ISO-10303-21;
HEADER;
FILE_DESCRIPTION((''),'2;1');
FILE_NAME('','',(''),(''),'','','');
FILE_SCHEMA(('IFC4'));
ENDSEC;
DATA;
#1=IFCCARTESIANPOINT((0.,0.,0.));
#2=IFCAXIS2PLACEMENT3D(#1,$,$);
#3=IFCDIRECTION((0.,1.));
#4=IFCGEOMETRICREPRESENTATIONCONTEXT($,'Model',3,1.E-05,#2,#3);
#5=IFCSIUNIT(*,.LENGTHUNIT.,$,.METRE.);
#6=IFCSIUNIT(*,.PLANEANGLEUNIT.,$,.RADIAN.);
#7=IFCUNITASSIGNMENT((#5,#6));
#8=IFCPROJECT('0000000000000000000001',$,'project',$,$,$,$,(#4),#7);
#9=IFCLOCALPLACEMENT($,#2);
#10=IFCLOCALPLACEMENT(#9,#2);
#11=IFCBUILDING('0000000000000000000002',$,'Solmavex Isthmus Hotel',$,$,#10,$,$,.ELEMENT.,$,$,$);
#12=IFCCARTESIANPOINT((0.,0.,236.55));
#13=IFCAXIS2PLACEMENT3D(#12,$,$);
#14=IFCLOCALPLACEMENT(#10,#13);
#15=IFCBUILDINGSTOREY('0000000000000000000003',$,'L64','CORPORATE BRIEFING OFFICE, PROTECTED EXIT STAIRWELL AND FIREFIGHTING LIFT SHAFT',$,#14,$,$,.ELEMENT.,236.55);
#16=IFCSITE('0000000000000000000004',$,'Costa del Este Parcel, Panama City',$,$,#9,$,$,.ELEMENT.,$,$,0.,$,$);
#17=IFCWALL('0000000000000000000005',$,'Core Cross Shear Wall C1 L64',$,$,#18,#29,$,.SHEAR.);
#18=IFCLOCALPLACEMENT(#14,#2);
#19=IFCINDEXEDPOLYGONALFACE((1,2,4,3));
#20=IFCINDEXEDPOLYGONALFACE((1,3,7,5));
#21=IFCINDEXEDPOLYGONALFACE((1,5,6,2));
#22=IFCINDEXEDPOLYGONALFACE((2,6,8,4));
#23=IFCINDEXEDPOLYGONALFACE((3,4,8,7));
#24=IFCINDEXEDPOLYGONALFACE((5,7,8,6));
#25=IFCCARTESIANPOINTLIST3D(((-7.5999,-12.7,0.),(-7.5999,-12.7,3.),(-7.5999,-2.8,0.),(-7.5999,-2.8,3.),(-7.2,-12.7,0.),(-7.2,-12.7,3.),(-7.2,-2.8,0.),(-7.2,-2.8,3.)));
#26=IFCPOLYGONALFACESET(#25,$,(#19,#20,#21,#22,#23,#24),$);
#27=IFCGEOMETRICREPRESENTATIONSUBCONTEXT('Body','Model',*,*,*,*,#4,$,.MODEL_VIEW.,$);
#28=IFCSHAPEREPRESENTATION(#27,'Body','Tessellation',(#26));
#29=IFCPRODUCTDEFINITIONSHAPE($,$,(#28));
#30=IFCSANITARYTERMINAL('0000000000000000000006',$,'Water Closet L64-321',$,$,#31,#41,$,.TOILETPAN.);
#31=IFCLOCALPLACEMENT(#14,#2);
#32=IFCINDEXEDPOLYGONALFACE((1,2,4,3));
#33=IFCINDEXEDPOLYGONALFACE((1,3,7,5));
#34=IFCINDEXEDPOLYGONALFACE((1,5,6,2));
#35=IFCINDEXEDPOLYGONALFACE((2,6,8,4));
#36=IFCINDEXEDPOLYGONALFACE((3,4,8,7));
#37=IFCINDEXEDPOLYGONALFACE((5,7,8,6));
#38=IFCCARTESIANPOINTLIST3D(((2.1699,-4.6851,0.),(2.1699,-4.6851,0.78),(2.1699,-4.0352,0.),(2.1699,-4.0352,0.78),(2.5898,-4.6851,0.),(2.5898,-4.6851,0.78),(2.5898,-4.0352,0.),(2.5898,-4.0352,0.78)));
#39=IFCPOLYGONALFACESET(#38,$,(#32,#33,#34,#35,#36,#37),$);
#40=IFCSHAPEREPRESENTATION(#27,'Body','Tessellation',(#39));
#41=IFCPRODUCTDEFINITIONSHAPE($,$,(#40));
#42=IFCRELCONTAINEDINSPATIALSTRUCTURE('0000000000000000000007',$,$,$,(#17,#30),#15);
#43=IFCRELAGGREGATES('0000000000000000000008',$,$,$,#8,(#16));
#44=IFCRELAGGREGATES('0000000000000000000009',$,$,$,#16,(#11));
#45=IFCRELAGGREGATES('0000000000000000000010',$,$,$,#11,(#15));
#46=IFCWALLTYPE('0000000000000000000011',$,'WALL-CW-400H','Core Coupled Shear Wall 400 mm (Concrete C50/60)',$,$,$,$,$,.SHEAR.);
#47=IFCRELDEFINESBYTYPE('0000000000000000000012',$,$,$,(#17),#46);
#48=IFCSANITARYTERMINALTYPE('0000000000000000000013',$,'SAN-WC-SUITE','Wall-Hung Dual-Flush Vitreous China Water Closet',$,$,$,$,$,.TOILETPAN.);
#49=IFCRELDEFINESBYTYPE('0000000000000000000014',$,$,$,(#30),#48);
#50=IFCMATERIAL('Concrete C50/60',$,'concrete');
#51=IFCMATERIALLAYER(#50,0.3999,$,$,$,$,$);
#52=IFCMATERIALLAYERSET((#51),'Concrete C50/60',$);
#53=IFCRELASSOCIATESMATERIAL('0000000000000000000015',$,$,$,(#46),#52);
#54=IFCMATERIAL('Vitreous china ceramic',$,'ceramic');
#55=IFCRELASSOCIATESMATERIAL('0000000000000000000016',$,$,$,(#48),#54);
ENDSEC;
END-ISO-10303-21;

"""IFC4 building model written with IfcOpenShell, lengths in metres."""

from ifc_helpers import new_model, si_unit, direction, frame, frame_2d, origin, origin_2d, place, context, subcontext, project, spatial, rectangle, extrude, material, layer, layer_set, type_object, element, save


model = new_model("IFC4")

# Units and contexts
model_context = context("Model", 3, precision=1e-05, world=origin(), true_north=direction((0.0, 1.0)))
body_context = subcontext(model_context, "Body", "Model", "MODEL_VIEW")
ifc_project = project(units=[si_unit("LENGTHUNIT", "METRE"), si_unit("PLANEANGLEUNIT", "RADIAN")], contexts=[model_context])

# Site, building, storey
site_placement = place(None, origin())
site = spatial("IfcSite", under=ifc_project, at=site_placement, Name="Costa del Este Parcel, Panama City", CompositionType="ELEMENT", RefElevation=0.0)
building_placement = place(site_placement, origin())
building = spatial("IfcBuilding", under=site, at=building_placement, Name="Solmavex Isthmus Hotel", CompositionType="ELEMENT")
storey_placement = place(building_placement, frame((0.0, 0.0, 236.55)))
storey = spatial("IfcBuildingStorey", under=building, at=storey_placement, Name="L64", Description="CORPORATE BRIEFING OFFICE, PROTECTED EXIT STAIRWELL AND FIREFIGHTING LIFT SHAFT", CompositionType="ELEMENT", Elevation=236.55)

# Shared definitions
ifc_material_1 = material(Name="Concrete C50/60", Category="concrete")

# Wall
ifc_layer_1 = layer(ifc_material_1, 0.3999)
ifc_layer_set_1 = layer_set([ifc_layer_1], Name="Concrete C50/60")
wall_type_1 = type_object("IfcWallType", Name="WALL-CW-400H", Description="Core Coupled Shear Wall 400 mm (Concrete C50/60)", PredefinedType="SHEAR", material=ifc_layer_set_1)
wall_1_placement = place(storey_placement, frame((-7.3999, -12.7, 0.0), z_axis=(0.0, 0.0, 1.0), x_axis=(0.0, 1.0, 0.0)))
element("IfcWall", 1, at=wall_1_placement, inside=storey, type_object=wall_type_1, Name="Core Cross Shear Wall C1 L64", PredefinedType="SHEAR", context=body_context, shape_type="SweptSolid", body=[
    extrude(rectangle(XDim=9.8999, YDim=0.3999, at=frame_2d((4.95, 0.0))), origin(), (0.0, 0.0, 1.0), 3.0),
])

# Sanitary terminal
ifc_material_2 = material(Name="Vitreous china ceramic", Category="ceramic")
sanitary_terminal_type = type_object("IfcSanitaryTerminalType", Name="SAN-WC-SUITE", Description="Wall-Hung Dual-Flush Vitreous China Water Closet", PredefinedType="TOILETPAN", material=ifc_material_2)
sanitary_terminal_placement = place(storey_placement, frame((2.3799, -4.3601, 0.0), z_axis=(0.0, 0.0, 1.0), x_axis=(1.0, 0.0, 0.0)))
element("IfcSanitaryTerminal", 2, at=sanitary_terminal_placement, inside=storey, type_object=sanitary_terminal_type, Name="Water Closet L64-321", PredefinedType="TOILETPAN", context=body_context, shape_type="SweptSolid", body=[
    extrude(rectangle(XDim=0.4199, YDim=0.6499, at=origin_2d()), origin(), (0.0, 0.0, 1.0), 0.78),
])

save(model, "model.ifc")
